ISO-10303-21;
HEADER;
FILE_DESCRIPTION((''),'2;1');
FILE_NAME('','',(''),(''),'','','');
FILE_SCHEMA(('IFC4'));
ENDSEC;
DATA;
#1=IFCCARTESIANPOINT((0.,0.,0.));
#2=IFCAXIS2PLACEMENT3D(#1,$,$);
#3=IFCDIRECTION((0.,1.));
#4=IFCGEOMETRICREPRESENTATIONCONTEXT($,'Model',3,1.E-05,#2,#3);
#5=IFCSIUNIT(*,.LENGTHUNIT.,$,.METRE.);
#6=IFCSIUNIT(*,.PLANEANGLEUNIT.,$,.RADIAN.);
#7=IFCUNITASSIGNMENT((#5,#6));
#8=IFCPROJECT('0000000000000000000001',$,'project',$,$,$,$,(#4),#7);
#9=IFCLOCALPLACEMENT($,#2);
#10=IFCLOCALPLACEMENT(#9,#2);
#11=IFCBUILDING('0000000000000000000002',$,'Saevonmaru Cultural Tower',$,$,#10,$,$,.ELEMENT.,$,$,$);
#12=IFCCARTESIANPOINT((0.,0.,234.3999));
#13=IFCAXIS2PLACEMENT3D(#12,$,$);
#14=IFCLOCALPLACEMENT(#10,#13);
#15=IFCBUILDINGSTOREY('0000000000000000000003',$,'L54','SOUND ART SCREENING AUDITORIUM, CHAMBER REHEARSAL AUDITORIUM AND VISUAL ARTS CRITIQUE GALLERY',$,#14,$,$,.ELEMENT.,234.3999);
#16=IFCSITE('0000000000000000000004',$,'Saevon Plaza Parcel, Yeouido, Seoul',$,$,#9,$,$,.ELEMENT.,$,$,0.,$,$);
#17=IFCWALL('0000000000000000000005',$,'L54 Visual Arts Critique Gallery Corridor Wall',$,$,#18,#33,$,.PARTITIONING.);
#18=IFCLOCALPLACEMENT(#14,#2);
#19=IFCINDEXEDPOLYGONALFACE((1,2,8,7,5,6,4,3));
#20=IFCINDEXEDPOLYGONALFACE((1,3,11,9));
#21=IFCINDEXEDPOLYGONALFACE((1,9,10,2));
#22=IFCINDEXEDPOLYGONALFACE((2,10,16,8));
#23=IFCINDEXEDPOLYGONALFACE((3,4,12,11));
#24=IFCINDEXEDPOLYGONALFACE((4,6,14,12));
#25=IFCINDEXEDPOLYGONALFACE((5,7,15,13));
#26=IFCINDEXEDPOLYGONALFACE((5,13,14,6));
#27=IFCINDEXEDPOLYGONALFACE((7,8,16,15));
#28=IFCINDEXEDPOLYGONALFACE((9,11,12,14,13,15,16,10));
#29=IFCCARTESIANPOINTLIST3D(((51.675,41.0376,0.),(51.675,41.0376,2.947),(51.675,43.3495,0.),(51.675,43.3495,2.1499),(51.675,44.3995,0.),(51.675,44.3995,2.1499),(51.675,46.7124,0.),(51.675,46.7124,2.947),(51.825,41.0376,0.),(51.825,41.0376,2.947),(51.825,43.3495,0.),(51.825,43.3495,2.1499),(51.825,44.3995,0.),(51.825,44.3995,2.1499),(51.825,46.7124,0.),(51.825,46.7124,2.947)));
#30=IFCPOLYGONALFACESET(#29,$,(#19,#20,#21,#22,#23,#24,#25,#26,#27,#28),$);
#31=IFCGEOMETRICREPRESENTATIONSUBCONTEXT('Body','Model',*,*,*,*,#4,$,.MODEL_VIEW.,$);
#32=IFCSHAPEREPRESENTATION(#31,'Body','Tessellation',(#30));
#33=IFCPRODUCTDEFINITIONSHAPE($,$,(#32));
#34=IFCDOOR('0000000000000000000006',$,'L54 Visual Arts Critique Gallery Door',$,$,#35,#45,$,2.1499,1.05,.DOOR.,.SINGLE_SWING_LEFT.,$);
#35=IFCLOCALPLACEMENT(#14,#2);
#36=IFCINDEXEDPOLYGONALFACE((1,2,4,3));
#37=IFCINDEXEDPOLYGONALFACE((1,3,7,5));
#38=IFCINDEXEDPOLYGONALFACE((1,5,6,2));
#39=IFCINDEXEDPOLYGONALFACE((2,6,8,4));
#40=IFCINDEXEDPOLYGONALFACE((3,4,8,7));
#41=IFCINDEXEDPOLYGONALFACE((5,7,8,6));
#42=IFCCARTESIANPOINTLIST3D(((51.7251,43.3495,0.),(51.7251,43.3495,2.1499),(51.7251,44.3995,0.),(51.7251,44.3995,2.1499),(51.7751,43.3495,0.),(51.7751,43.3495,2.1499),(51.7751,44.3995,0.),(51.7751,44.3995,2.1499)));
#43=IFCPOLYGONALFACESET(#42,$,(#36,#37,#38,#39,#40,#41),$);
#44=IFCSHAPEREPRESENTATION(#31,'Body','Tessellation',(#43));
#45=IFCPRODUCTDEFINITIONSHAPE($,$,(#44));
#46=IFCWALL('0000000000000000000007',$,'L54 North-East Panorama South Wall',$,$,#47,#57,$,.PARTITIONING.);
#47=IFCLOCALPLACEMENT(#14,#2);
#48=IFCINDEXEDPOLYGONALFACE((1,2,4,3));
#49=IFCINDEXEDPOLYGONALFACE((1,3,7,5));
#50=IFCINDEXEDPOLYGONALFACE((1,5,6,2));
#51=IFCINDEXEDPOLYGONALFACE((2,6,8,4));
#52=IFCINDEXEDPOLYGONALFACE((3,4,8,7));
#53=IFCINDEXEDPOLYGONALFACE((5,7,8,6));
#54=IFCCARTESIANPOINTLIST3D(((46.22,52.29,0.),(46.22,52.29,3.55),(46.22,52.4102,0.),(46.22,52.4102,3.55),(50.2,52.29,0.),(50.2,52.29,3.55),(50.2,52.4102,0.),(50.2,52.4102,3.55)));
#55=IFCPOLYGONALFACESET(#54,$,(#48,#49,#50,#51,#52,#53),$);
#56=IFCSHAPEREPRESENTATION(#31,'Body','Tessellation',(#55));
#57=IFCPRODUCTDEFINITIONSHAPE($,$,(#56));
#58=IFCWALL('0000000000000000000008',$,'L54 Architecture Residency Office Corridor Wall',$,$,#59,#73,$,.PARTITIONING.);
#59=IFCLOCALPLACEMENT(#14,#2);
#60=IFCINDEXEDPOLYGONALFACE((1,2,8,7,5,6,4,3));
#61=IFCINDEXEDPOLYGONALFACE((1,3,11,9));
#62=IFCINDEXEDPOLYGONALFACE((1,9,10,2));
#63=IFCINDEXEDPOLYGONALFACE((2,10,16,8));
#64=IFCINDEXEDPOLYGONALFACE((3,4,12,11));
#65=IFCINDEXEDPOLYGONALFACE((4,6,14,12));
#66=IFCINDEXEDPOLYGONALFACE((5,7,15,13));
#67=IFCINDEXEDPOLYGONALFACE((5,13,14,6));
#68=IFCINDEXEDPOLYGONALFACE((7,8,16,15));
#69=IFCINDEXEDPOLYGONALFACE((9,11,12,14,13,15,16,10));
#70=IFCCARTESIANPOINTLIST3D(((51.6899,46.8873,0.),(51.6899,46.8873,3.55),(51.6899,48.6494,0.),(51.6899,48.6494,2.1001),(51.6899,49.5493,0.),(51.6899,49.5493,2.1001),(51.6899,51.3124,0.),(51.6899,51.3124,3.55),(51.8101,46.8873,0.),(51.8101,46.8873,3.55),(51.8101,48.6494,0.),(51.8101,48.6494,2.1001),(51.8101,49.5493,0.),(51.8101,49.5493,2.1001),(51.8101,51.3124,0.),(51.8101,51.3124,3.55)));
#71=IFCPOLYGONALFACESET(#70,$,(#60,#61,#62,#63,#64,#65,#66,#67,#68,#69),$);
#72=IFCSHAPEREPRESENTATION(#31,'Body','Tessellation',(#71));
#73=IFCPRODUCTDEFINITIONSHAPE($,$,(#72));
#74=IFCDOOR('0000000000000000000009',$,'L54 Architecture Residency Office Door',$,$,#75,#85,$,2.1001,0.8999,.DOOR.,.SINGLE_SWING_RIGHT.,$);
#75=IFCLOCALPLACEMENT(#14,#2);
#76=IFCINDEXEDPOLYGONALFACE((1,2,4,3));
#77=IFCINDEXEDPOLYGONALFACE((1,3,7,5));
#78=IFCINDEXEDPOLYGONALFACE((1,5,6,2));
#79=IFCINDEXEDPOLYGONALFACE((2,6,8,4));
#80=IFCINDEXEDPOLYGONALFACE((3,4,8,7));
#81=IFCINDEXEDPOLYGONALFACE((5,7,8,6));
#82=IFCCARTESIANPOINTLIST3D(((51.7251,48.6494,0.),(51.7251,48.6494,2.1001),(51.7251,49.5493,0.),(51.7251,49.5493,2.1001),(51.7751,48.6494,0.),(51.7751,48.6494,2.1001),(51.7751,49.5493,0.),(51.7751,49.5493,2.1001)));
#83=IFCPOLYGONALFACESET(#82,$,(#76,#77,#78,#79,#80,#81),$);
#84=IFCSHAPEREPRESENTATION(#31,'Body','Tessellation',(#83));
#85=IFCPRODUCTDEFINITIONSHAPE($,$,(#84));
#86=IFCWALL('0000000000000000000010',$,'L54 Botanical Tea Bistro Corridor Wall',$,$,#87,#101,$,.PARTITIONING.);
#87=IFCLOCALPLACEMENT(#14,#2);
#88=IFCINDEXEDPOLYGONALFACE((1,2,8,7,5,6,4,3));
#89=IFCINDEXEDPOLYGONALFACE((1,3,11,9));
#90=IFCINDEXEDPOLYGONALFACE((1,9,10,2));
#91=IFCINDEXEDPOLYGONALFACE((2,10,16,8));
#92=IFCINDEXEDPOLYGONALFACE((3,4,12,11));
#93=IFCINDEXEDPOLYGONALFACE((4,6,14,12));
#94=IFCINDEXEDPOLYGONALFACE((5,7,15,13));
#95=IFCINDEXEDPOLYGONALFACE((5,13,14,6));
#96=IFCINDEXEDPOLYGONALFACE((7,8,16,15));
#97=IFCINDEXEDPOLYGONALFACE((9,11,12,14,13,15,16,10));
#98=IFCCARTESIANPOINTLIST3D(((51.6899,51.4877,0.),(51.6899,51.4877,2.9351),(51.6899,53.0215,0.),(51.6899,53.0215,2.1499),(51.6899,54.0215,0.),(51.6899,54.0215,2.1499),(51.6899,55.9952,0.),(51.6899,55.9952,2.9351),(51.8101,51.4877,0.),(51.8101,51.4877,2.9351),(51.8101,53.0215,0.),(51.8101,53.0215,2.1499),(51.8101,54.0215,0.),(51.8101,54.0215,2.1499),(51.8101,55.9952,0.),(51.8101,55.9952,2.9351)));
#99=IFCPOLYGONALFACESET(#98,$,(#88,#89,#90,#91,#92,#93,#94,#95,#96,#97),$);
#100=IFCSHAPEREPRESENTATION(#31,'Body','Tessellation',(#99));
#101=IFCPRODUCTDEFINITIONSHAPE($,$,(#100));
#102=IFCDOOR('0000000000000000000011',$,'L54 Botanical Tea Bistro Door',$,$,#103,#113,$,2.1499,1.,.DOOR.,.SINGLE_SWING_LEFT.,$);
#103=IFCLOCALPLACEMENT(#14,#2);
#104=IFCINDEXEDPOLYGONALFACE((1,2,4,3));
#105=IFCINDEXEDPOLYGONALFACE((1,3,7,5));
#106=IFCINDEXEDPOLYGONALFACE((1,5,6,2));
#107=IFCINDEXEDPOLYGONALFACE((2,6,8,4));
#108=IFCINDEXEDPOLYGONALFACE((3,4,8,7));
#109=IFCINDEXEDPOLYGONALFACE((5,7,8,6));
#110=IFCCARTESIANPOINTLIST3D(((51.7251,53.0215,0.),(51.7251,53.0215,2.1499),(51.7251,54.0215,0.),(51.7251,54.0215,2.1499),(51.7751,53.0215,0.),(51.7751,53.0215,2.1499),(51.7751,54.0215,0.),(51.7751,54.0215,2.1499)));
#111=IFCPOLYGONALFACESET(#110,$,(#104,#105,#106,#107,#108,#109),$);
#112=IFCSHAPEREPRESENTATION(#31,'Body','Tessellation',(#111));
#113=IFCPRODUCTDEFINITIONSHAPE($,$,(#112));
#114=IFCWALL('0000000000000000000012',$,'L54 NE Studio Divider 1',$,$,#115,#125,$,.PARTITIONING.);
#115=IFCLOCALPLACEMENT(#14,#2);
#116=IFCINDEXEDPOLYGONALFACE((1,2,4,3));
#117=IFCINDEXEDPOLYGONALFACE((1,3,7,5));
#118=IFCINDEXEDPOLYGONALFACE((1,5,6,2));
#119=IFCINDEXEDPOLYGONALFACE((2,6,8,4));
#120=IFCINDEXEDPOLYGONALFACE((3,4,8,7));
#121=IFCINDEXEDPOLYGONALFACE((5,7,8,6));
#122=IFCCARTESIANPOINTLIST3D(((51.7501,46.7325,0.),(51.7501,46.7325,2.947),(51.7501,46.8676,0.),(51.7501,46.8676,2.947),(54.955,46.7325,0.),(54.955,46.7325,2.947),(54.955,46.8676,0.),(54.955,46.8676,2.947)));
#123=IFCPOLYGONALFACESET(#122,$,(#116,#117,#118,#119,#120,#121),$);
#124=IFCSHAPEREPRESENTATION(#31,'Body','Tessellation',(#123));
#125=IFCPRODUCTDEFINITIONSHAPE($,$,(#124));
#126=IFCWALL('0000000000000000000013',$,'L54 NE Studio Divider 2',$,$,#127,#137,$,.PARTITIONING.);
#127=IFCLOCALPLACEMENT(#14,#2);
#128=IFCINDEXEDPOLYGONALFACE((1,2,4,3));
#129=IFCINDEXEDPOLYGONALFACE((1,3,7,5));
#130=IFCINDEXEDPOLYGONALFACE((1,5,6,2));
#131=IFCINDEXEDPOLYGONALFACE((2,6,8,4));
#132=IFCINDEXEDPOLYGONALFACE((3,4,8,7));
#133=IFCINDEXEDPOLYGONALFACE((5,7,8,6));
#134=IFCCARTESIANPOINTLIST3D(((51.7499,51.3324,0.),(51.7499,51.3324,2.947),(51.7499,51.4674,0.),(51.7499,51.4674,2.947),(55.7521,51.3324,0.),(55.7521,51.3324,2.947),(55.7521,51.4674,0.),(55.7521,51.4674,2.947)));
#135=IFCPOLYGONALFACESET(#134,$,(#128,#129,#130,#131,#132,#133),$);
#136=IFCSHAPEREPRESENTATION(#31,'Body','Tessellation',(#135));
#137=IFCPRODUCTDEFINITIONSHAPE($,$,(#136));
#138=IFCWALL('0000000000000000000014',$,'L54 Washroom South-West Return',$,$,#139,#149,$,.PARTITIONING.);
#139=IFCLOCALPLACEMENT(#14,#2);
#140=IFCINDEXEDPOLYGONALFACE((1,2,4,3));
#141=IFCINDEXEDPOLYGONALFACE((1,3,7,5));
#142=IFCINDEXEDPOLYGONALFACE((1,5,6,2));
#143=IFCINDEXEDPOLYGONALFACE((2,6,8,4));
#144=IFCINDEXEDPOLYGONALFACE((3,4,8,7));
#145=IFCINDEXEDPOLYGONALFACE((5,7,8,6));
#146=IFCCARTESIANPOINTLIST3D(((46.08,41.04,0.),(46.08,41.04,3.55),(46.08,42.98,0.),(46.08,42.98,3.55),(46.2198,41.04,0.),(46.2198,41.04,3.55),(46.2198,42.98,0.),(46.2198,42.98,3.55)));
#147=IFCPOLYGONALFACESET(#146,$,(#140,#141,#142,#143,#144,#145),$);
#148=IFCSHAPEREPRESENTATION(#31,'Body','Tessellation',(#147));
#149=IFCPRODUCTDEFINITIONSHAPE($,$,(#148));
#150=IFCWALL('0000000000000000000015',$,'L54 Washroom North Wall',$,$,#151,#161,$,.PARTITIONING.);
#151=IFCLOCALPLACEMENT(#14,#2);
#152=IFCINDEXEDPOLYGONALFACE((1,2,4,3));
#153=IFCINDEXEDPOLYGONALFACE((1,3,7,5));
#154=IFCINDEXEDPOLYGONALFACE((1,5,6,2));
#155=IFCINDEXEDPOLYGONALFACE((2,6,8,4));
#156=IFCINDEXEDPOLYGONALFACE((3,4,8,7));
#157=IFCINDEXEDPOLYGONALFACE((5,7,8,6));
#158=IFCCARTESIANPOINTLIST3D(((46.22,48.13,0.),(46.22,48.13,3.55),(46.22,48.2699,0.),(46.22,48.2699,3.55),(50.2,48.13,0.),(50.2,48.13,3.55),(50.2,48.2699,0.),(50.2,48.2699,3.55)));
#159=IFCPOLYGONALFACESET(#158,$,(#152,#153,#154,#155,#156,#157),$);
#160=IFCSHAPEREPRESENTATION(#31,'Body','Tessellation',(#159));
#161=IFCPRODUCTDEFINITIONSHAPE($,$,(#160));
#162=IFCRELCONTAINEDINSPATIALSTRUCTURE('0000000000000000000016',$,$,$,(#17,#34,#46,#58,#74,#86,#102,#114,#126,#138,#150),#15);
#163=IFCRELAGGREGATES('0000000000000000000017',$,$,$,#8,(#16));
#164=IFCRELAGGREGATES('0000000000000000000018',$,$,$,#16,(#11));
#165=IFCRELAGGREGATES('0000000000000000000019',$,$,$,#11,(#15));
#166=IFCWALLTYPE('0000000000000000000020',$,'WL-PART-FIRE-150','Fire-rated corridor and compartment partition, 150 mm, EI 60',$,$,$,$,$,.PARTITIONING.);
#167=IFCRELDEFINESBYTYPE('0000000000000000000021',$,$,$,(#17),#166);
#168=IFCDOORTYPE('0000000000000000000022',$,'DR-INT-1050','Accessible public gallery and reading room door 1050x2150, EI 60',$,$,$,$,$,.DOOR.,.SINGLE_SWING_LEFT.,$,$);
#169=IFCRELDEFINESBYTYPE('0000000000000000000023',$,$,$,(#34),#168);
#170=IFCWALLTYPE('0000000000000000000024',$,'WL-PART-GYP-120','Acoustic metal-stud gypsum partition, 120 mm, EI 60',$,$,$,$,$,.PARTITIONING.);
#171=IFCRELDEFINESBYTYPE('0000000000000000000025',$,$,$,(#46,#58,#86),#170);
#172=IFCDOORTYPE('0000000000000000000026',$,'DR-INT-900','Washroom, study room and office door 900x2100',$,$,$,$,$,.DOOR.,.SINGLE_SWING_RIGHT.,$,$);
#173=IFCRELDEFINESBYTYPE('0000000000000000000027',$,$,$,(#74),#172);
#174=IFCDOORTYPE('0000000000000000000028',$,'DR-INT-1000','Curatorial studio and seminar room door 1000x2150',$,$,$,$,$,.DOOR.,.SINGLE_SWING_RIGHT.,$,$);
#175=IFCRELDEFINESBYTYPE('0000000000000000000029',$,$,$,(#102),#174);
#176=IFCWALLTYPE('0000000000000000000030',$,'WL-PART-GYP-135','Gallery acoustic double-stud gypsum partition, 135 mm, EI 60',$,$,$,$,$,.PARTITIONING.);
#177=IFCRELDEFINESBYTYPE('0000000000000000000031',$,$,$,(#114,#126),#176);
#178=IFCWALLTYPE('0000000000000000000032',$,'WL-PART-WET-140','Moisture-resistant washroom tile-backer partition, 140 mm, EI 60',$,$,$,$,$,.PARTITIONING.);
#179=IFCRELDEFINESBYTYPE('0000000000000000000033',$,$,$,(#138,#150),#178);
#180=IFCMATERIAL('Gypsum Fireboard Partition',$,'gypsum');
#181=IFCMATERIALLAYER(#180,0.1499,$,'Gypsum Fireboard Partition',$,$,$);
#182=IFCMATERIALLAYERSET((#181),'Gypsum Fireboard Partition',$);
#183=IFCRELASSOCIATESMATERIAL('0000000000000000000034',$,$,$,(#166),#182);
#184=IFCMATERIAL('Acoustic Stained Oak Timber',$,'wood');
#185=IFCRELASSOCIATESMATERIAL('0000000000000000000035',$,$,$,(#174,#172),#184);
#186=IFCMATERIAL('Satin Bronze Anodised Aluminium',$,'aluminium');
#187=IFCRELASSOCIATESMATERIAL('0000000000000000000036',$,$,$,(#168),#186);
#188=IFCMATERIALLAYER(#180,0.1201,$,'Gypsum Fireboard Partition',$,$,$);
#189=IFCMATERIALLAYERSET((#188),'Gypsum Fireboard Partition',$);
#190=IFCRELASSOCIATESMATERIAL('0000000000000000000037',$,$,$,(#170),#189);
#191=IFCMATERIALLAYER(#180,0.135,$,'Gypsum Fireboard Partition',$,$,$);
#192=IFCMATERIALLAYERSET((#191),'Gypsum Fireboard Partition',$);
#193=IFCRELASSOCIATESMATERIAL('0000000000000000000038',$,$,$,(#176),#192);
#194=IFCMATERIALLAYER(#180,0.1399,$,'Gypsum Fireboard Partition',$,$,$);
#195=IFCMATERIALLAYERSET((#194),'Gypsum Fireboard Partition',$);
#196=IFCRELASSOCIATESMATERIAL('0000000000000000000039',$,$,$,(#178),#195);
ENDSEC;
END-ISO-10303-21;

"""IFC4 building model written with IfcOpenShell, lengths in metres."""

from ifc_helpers import new_model, si_unit, direction, frame, frame_2d, origin, place, context, subcontext, project, spatial, rectangle, extrude, material, layer, layer_set, type_object, element, fill, save


model = new_model("IFC4")

# Units and contexts
model_context = context("Model", 3, precision=1e-05, world=origin(), true_north=direction((0.0, 1.0)))
body_context = subcontext(model_context, "Body", "Model", "MODEL_VIEW")
ifc_project = project(units=[si_unit("LENGTHUNIT", "METRE"), si_unit("PLANEANGLEUNIT", "RADIAN")], contexts=[model_context])

# Site, building, storey
site_placement = place(None, origin())
site = spatial("IfcSite", under=ifc_project, at=site_placement, Name="Saevon Plaza Parcel, Yeouido, Seoul", CompositionType="ELEMENT", RefElevation=0.0)
building_placement = place(site_placement, origin())
building = spatial("IfcBuilding", under=site, at=building_placement, Name="Saevonmaru Cultural Tower", CompositionType="ELEMENT")
storey_placement = place(building_placement, frame((0.0, 0.0, 234.3999)))
storey = spatial("IfcBuildingStorey", under=building, at=storey_placement, Name="L54", Description="SOUND ART SCREENING AUDITORIUM, CHAMBER REHEARSAL AUDITORIUM AND VISUAL ARTS CRITIQUE GALLERY", CompositionType="ELEMENT", Elevation=234.3999)

# Shared definitions
ifc_material_1 = material(Name="Satin Bronze Anodised Aluminium", Category="aluminium")

# Wall, opening, door
ifc_material_2 = material(Name="Gypsum Fireboard Partition", Category="gypsum")
ifc_layer_1 = layer(ifc_material_2, 0.1499, Name="Gypsum Fireboard Partition")
ifc_layer_set_1 = layer_set([ifc_layer_1], Name="Gypsum Fireboard Partition")
wall_type_1 = type_object("IfcWallType", Name="WL-PART-FIRE-150", Description="Fire-rated corridor and compartment partition, 150 mm, EI 60", PredefinedType="PARTITIONING", material=ifc_layer_set_1)
ifc_material_3 = material(Name="Acoustic Stained Oak Timber", Category="wood")
door_type_1 = type_object("IfcDoorType", Name="DR-INT-1000", Description="Curatorial studio and seminar room door 1000x2150", OperationType="SINGLE_SWING_RIGHT", PredefinedType="DOOR", material=ifc_material_3)
wall_1_placement = place(storey_placement, frame((51.75, 41.0376, 0.0), z_axis=(0.0, 0.0, 1.0), x_axis=(0.0, 1.0, 0.0)))
wall_1 = element("IfcWall", 1, at=wall_1_placement, inside=storey, type_object=wall_type_1, Name="L54 Visual Arts Critique Gallery Corridor Wall", PredefinedType="PARTITIONING", context=body_context, shape_type="SweptSolid", body=[
    extrude(rectangle(XDim=5.6748, YDim=0.1499, at=frame_2d((2.8374, 0.0))), origin(), (0.0, 0.0, 1.0), 2.947),
])
opening_1_placement = place(wall_1_placement, frame((2.312, 0.0, 0.0)))
opening_1 = element("IfcOpeningElement", 2, at=opening_1_placement, cuts=wall_1, PredefinedType="OPENING", context=body_context, shape_type="SweptSolid", body=[
    extrude(rectangle(XDim=1.05, YDim=2.1499, at=frame_2d((0.5249, 1.075))), frame((0.0, 0.085, 0.0), z_axis=(0.0, -1.0, 0.0), x_axis=(1.0, 0.0, 0.0)), (0.0, 0.0, 1.0), 0.1699),
])
door_type_2 = type_object("IfcDoorType", Name="DR-INT-1050", Description="Accessible public gallery and reading room door 1050x2150, EI 60", OperationType="SINGLE_SWING_LEFT", PredefinedType="DOOR", material=ifc_material_1)
door_1_placement = place(opening_1_placement, origin())
door_1 = element("IfcDoor", 3, at=door_1_placement, inside=storey, type_object=door_type_2, Name="L54 Visual Arts Critique Gallery Door", OperationType="SINGLE_SWING_LEFT", OverallHeight=2.1499, OverallWidth=1.05, PredefinedType="DOOR", context=body_context, shape_type="SweptSolid", body=[
    extrude(rectangle(XDim=1.05, YDim=2.1499, at=frame_2d((0.5249, 1.075))), frame((0.0, 0.0249, 0.0), z_axis=(0.0, -1.0, 0.0), x_axis=(1.0, 0.0, 0.0)), (0.0, 0.0, 1.0), 0.05),
])
fill(opening_1, door_1)

# Wall
ifc_layer_2 = layer(ifc_material_2, 0.1201, Name="Gypsum Fireboard Partition")
ifc_layer_set_2 = layer_set([ifc_layer_2], Name="Gypsum Fireboard Partition")
wall_type_2 = type_object("IfcWallType", Name="WL-PART-GYP-120", Description="Acoustic metal-stud gypsum partition, 120 mm, EI 60", PredefinedType="PARTITIONING", material=ifc_layer_set_2)
wall_2_placement = place(storey_placement, frame((46.22, 52.3501, 0.0), z_axis=(0.0, 0.0, 1.0), x_axis=(1.0, 0.0, 0.0)))
element("IfcWall", 4, at=wall_2_placement, inside=storey, type_object=wall_type_2, Name="L54 North-East Panorama South Wall", PredefinedType="PARTITIONING", context=body_context, shape_type="SweptSolid", body=[
    extrude(rectangle(XDim=3.98, YDim=0.1201, at=frame_2d((1.99, 0.0))), origin(), (0.0, 0.0, 1.0), 3.55),
])

# Walls, openings, doors
wall_3_placement = place(storey_placement, frame((51.75, 46.8875, 0.0), z_axis=(0.0, 0.0, 1.0), x_axis=(0.0, 1.0, 0.0)))
wall_3 = element("IfcWall", 5, at=wall_3_placement, inside=storey, type_object=wall_type_2, Name="L54 Architecture Residency Office Corridor Wall", PredefinedType="PARTITIONING", context=body_context, shape_type="SweptSolid", body=[
    extrude(rectangle(XDim=4.425, YDim=0.1201, at=frame_2d((2.2124, 0.0))), origin(), (0.0, 0.0, 1.0), 3.55),
])
opening_2_placement = place(wall_3_placement, frame((1.762, 0.0, 0.0)))
opening_2 = element("IfcOpeningElement", 6, at=opening_2_placement, cuts=wall_3, PredefinedType="OPENING", context=body_context, shape_type="SweptSolid", body=[
    extrude(rectangle(XDim=0.8999, YDim=2.1001, at=frame_2d((0.45, 1.05))), frame((0.0, 0.0701, 0.0), z_axis=(0.0, -1.0, 0.0), x_axis=(1.0, 0.0, 0.0)), (0.0, 0.0, 1.0), 0.1401),
])
door_type_3 = type_object("IfcDoorType", Name="DR-INT-900", Description="Washroom, study room and office door 900x2100", OperationType="SINGLE_SWING_RIGHT", PredefinedType="DOOR", material=ifc_material_3)
door_2_placement = place(opening_2_placement, origin())
door_2 = element("IfcDoor", 7, at=door_2_placement, inside=storey, type_object=door_type_3, Name="L54 Architecture Residency Office Door", OperationType="SINGLE_SWING_RIGHT", OverallHeight=2.1001, OverallWidth=0.8999, PredefinedType="DOOR", context=body_context, shape_type="SweptSolid", body=[
    extrude(rectangle(XDim=0.8999, YDim=2.1001, at=frame_2d((0.45, 1.05))), frame((0.0, 0.0249, 0.0), z_axis=(0.0, -1.0, 0.0), x_axis=(1.0, 0.0, 0.0)), (0.0, 0.0, 1.0), 0.05),
])
fill(opening_2, door_2)
wall_4_placement = place(storey_placement, frame((51.75, 51.4875, 0.0), z_axis=(0.0, 0.0, 1.0), x_axis=(0.0, 1.0, 0.0)))
wall_4 = element("IfcWall", 8, at=wall_4_placement, inside=storey, type_object=wall_type_2, Name="L54 Botanical Tea Bistro Corridor Wall", PredefinedType="PARTITIONING", context=body_context, shape_type="SweptSolid", body=[
    extrude(rectangle(XDim=4.5076, YDim=0.1201, at=frame_2d((2.2539, 0.0))), origin(), (0.0, 0.0, 1.0), 2.9351),
])
opening_3_placement = place(wall_4_placement, frame((1.5339, 0.0, 0.0)))
opening_3 = element("IfcOpeningElement", 9, at=opening_3_placement, cuts=wall_4, PredefinedType="OPENING", context=body_context, shape_type="SweptSolid", body=[
    extrude(rectangle(XDim=1.0, YDim=2.1499, at=frame_2d((0.5, 1.075))), frame((0.0, 0.0701, 0.0), z_axis=(0.0, -1.0, 0.0), x_axis=(1.0, 0.0, 0.0)), (0.0, 0.0, 1.0), 0.1401),
])
door_3_placement = place(opening_3_placement, origin())
door_3 = element("IfcDoor", 10, at=door_3_placement, inside=storey, type_object=door_type_1, Name="L54 Botanical Tea Bistro Door", OperationType="SINGLE_SWING_LEFT", OverallHeight=2.1499, OverallWidth=1.0, PredefinedType="DOOR", context=body_context, shape_type="SweptSolid", body=[
    extrude(rectangle(XDim=1.0, YDim=2.1499, at=frame_2d((0.5, 1.075))), frame((0.0, 0.0249, 0.0), z_axis=(0.0, -1.0, 0.0), x_axis=(1.0, 0.0, 0.0)), (0.0, 0.0, 1.0), 0.05),
])
fill(opening_3, door_3)

# Walls
ifc_layer_3 = layer(ifc_material_2, 0.135, Name="Gypsum Fireboard Partition")
ifc_layer_set_3 = layer_set([ifc_layer_3], Name="Gypsum Fireboard Partition")
wall_type_3 = type_object("IfcWallType", Name="WL-PART-GYP-135", Description="Gallery acoustic double-stud gypsum partition, 135 mm, EI 60", PredefinedType="PARTITIONING", material=ifc_layer_set_3)
wall_5_placement = place(storey_placement, frame((51.75, 46.8, 0.0), z_axis=(0.0, 0.0, 1.0), x_axis=(1.0, 0.0, 0.0)))
element("IfcWall", 11, at=wall_5_placement, inside=storey, type_object=wall_type_3, Name="L54 NE Studio Divider 1", PredefinedType="PARTITIONING", context=body_context, shape_type="SweptSolid", body=[
    extrude(rectangle(XDim=3.2048, YDim=0.135, at=frame_2d((1.6025, 0.0))), origin(), (0.0, 0.0, 1.0), 2.947),
])
wall_6_placement = place(storey_placement, frame((51.75, 51.3999, 0.0), z_axis=(0.0, 0.0, 1.0), x_axis=(1.0, 0.0, 0.0)))
element("IfcWall", 12, at=wall_6_placement, inside=storey, type_object=wall_type_3, Name="L54 NE Studio Divider 2", PredefinedType="PARTITIONING", context=body_context, shape_type="SweptSolid", body=[
    extrude(rectangle(XDim=4.0022, YDim=0.135, at=frame_2d((2.001, 0.0))), origin(), (0.0, 0.0, 1.0), 2.947),
])
ifc_layer_4 = layer(ifc_material_2, 0.1399, Name="Gypsum Fireboard Partition")
ifc_layer_set_4 = layer_set([ifc_layer_4], Name="Gypsum Fireboard Partition")
wall_type_4 = type_object("IfcWallType", Name="WL-PART-WET-140", Description="Moisture-resistant washroom tile-backer partition, 140 mm, EI 60", PredefinedType="PARTITIONING", material=ifc_layer_set_4)
wall_7_placement = place(storey_placement, frame((46.1499, 41.04, 0.0), z_axis=(0.0, 0.0, 1.0), x_axis=(0.0, 1.0, 0.0)))
element("IfcWall", 13, at=wall_7_placement, inside=storey, type_object=wall_type_4, Name="L54 Washroom South-West Return", PredefinedType="PARTITIONING", context=body_context, shape_type="SweptSolid", body=[
    extrude(rectangle(XDim=1.9399, YDim=0.1399, at=frame_2d((0.97, 0.0))), origin(), (0.0, 0.0, 1.0), 3.55),
])
wall_8_placement = place(storey_placement, frame((46.22, 48.2, 0.0), z_axis=(0.0, 0.0, 1.0), x_axis=(1.0, 0.0, 0.0)))
element("IfcWall", 14, at=wall_8_placement, inside=storey, type_object=wall_type_4, Name="L54 Washroom North Wall", PredefinedType="PARTITIONING", context=body_context, shape_type="SweptSolid", body=[
    extrude(rectangle(XDim=3.98, YDim=0.1399, at=frame_2d((1.99, 0.0))), origin(), (0.0, 0.0, 1.0), 3.55),
])

save(model, "model.ifc")
